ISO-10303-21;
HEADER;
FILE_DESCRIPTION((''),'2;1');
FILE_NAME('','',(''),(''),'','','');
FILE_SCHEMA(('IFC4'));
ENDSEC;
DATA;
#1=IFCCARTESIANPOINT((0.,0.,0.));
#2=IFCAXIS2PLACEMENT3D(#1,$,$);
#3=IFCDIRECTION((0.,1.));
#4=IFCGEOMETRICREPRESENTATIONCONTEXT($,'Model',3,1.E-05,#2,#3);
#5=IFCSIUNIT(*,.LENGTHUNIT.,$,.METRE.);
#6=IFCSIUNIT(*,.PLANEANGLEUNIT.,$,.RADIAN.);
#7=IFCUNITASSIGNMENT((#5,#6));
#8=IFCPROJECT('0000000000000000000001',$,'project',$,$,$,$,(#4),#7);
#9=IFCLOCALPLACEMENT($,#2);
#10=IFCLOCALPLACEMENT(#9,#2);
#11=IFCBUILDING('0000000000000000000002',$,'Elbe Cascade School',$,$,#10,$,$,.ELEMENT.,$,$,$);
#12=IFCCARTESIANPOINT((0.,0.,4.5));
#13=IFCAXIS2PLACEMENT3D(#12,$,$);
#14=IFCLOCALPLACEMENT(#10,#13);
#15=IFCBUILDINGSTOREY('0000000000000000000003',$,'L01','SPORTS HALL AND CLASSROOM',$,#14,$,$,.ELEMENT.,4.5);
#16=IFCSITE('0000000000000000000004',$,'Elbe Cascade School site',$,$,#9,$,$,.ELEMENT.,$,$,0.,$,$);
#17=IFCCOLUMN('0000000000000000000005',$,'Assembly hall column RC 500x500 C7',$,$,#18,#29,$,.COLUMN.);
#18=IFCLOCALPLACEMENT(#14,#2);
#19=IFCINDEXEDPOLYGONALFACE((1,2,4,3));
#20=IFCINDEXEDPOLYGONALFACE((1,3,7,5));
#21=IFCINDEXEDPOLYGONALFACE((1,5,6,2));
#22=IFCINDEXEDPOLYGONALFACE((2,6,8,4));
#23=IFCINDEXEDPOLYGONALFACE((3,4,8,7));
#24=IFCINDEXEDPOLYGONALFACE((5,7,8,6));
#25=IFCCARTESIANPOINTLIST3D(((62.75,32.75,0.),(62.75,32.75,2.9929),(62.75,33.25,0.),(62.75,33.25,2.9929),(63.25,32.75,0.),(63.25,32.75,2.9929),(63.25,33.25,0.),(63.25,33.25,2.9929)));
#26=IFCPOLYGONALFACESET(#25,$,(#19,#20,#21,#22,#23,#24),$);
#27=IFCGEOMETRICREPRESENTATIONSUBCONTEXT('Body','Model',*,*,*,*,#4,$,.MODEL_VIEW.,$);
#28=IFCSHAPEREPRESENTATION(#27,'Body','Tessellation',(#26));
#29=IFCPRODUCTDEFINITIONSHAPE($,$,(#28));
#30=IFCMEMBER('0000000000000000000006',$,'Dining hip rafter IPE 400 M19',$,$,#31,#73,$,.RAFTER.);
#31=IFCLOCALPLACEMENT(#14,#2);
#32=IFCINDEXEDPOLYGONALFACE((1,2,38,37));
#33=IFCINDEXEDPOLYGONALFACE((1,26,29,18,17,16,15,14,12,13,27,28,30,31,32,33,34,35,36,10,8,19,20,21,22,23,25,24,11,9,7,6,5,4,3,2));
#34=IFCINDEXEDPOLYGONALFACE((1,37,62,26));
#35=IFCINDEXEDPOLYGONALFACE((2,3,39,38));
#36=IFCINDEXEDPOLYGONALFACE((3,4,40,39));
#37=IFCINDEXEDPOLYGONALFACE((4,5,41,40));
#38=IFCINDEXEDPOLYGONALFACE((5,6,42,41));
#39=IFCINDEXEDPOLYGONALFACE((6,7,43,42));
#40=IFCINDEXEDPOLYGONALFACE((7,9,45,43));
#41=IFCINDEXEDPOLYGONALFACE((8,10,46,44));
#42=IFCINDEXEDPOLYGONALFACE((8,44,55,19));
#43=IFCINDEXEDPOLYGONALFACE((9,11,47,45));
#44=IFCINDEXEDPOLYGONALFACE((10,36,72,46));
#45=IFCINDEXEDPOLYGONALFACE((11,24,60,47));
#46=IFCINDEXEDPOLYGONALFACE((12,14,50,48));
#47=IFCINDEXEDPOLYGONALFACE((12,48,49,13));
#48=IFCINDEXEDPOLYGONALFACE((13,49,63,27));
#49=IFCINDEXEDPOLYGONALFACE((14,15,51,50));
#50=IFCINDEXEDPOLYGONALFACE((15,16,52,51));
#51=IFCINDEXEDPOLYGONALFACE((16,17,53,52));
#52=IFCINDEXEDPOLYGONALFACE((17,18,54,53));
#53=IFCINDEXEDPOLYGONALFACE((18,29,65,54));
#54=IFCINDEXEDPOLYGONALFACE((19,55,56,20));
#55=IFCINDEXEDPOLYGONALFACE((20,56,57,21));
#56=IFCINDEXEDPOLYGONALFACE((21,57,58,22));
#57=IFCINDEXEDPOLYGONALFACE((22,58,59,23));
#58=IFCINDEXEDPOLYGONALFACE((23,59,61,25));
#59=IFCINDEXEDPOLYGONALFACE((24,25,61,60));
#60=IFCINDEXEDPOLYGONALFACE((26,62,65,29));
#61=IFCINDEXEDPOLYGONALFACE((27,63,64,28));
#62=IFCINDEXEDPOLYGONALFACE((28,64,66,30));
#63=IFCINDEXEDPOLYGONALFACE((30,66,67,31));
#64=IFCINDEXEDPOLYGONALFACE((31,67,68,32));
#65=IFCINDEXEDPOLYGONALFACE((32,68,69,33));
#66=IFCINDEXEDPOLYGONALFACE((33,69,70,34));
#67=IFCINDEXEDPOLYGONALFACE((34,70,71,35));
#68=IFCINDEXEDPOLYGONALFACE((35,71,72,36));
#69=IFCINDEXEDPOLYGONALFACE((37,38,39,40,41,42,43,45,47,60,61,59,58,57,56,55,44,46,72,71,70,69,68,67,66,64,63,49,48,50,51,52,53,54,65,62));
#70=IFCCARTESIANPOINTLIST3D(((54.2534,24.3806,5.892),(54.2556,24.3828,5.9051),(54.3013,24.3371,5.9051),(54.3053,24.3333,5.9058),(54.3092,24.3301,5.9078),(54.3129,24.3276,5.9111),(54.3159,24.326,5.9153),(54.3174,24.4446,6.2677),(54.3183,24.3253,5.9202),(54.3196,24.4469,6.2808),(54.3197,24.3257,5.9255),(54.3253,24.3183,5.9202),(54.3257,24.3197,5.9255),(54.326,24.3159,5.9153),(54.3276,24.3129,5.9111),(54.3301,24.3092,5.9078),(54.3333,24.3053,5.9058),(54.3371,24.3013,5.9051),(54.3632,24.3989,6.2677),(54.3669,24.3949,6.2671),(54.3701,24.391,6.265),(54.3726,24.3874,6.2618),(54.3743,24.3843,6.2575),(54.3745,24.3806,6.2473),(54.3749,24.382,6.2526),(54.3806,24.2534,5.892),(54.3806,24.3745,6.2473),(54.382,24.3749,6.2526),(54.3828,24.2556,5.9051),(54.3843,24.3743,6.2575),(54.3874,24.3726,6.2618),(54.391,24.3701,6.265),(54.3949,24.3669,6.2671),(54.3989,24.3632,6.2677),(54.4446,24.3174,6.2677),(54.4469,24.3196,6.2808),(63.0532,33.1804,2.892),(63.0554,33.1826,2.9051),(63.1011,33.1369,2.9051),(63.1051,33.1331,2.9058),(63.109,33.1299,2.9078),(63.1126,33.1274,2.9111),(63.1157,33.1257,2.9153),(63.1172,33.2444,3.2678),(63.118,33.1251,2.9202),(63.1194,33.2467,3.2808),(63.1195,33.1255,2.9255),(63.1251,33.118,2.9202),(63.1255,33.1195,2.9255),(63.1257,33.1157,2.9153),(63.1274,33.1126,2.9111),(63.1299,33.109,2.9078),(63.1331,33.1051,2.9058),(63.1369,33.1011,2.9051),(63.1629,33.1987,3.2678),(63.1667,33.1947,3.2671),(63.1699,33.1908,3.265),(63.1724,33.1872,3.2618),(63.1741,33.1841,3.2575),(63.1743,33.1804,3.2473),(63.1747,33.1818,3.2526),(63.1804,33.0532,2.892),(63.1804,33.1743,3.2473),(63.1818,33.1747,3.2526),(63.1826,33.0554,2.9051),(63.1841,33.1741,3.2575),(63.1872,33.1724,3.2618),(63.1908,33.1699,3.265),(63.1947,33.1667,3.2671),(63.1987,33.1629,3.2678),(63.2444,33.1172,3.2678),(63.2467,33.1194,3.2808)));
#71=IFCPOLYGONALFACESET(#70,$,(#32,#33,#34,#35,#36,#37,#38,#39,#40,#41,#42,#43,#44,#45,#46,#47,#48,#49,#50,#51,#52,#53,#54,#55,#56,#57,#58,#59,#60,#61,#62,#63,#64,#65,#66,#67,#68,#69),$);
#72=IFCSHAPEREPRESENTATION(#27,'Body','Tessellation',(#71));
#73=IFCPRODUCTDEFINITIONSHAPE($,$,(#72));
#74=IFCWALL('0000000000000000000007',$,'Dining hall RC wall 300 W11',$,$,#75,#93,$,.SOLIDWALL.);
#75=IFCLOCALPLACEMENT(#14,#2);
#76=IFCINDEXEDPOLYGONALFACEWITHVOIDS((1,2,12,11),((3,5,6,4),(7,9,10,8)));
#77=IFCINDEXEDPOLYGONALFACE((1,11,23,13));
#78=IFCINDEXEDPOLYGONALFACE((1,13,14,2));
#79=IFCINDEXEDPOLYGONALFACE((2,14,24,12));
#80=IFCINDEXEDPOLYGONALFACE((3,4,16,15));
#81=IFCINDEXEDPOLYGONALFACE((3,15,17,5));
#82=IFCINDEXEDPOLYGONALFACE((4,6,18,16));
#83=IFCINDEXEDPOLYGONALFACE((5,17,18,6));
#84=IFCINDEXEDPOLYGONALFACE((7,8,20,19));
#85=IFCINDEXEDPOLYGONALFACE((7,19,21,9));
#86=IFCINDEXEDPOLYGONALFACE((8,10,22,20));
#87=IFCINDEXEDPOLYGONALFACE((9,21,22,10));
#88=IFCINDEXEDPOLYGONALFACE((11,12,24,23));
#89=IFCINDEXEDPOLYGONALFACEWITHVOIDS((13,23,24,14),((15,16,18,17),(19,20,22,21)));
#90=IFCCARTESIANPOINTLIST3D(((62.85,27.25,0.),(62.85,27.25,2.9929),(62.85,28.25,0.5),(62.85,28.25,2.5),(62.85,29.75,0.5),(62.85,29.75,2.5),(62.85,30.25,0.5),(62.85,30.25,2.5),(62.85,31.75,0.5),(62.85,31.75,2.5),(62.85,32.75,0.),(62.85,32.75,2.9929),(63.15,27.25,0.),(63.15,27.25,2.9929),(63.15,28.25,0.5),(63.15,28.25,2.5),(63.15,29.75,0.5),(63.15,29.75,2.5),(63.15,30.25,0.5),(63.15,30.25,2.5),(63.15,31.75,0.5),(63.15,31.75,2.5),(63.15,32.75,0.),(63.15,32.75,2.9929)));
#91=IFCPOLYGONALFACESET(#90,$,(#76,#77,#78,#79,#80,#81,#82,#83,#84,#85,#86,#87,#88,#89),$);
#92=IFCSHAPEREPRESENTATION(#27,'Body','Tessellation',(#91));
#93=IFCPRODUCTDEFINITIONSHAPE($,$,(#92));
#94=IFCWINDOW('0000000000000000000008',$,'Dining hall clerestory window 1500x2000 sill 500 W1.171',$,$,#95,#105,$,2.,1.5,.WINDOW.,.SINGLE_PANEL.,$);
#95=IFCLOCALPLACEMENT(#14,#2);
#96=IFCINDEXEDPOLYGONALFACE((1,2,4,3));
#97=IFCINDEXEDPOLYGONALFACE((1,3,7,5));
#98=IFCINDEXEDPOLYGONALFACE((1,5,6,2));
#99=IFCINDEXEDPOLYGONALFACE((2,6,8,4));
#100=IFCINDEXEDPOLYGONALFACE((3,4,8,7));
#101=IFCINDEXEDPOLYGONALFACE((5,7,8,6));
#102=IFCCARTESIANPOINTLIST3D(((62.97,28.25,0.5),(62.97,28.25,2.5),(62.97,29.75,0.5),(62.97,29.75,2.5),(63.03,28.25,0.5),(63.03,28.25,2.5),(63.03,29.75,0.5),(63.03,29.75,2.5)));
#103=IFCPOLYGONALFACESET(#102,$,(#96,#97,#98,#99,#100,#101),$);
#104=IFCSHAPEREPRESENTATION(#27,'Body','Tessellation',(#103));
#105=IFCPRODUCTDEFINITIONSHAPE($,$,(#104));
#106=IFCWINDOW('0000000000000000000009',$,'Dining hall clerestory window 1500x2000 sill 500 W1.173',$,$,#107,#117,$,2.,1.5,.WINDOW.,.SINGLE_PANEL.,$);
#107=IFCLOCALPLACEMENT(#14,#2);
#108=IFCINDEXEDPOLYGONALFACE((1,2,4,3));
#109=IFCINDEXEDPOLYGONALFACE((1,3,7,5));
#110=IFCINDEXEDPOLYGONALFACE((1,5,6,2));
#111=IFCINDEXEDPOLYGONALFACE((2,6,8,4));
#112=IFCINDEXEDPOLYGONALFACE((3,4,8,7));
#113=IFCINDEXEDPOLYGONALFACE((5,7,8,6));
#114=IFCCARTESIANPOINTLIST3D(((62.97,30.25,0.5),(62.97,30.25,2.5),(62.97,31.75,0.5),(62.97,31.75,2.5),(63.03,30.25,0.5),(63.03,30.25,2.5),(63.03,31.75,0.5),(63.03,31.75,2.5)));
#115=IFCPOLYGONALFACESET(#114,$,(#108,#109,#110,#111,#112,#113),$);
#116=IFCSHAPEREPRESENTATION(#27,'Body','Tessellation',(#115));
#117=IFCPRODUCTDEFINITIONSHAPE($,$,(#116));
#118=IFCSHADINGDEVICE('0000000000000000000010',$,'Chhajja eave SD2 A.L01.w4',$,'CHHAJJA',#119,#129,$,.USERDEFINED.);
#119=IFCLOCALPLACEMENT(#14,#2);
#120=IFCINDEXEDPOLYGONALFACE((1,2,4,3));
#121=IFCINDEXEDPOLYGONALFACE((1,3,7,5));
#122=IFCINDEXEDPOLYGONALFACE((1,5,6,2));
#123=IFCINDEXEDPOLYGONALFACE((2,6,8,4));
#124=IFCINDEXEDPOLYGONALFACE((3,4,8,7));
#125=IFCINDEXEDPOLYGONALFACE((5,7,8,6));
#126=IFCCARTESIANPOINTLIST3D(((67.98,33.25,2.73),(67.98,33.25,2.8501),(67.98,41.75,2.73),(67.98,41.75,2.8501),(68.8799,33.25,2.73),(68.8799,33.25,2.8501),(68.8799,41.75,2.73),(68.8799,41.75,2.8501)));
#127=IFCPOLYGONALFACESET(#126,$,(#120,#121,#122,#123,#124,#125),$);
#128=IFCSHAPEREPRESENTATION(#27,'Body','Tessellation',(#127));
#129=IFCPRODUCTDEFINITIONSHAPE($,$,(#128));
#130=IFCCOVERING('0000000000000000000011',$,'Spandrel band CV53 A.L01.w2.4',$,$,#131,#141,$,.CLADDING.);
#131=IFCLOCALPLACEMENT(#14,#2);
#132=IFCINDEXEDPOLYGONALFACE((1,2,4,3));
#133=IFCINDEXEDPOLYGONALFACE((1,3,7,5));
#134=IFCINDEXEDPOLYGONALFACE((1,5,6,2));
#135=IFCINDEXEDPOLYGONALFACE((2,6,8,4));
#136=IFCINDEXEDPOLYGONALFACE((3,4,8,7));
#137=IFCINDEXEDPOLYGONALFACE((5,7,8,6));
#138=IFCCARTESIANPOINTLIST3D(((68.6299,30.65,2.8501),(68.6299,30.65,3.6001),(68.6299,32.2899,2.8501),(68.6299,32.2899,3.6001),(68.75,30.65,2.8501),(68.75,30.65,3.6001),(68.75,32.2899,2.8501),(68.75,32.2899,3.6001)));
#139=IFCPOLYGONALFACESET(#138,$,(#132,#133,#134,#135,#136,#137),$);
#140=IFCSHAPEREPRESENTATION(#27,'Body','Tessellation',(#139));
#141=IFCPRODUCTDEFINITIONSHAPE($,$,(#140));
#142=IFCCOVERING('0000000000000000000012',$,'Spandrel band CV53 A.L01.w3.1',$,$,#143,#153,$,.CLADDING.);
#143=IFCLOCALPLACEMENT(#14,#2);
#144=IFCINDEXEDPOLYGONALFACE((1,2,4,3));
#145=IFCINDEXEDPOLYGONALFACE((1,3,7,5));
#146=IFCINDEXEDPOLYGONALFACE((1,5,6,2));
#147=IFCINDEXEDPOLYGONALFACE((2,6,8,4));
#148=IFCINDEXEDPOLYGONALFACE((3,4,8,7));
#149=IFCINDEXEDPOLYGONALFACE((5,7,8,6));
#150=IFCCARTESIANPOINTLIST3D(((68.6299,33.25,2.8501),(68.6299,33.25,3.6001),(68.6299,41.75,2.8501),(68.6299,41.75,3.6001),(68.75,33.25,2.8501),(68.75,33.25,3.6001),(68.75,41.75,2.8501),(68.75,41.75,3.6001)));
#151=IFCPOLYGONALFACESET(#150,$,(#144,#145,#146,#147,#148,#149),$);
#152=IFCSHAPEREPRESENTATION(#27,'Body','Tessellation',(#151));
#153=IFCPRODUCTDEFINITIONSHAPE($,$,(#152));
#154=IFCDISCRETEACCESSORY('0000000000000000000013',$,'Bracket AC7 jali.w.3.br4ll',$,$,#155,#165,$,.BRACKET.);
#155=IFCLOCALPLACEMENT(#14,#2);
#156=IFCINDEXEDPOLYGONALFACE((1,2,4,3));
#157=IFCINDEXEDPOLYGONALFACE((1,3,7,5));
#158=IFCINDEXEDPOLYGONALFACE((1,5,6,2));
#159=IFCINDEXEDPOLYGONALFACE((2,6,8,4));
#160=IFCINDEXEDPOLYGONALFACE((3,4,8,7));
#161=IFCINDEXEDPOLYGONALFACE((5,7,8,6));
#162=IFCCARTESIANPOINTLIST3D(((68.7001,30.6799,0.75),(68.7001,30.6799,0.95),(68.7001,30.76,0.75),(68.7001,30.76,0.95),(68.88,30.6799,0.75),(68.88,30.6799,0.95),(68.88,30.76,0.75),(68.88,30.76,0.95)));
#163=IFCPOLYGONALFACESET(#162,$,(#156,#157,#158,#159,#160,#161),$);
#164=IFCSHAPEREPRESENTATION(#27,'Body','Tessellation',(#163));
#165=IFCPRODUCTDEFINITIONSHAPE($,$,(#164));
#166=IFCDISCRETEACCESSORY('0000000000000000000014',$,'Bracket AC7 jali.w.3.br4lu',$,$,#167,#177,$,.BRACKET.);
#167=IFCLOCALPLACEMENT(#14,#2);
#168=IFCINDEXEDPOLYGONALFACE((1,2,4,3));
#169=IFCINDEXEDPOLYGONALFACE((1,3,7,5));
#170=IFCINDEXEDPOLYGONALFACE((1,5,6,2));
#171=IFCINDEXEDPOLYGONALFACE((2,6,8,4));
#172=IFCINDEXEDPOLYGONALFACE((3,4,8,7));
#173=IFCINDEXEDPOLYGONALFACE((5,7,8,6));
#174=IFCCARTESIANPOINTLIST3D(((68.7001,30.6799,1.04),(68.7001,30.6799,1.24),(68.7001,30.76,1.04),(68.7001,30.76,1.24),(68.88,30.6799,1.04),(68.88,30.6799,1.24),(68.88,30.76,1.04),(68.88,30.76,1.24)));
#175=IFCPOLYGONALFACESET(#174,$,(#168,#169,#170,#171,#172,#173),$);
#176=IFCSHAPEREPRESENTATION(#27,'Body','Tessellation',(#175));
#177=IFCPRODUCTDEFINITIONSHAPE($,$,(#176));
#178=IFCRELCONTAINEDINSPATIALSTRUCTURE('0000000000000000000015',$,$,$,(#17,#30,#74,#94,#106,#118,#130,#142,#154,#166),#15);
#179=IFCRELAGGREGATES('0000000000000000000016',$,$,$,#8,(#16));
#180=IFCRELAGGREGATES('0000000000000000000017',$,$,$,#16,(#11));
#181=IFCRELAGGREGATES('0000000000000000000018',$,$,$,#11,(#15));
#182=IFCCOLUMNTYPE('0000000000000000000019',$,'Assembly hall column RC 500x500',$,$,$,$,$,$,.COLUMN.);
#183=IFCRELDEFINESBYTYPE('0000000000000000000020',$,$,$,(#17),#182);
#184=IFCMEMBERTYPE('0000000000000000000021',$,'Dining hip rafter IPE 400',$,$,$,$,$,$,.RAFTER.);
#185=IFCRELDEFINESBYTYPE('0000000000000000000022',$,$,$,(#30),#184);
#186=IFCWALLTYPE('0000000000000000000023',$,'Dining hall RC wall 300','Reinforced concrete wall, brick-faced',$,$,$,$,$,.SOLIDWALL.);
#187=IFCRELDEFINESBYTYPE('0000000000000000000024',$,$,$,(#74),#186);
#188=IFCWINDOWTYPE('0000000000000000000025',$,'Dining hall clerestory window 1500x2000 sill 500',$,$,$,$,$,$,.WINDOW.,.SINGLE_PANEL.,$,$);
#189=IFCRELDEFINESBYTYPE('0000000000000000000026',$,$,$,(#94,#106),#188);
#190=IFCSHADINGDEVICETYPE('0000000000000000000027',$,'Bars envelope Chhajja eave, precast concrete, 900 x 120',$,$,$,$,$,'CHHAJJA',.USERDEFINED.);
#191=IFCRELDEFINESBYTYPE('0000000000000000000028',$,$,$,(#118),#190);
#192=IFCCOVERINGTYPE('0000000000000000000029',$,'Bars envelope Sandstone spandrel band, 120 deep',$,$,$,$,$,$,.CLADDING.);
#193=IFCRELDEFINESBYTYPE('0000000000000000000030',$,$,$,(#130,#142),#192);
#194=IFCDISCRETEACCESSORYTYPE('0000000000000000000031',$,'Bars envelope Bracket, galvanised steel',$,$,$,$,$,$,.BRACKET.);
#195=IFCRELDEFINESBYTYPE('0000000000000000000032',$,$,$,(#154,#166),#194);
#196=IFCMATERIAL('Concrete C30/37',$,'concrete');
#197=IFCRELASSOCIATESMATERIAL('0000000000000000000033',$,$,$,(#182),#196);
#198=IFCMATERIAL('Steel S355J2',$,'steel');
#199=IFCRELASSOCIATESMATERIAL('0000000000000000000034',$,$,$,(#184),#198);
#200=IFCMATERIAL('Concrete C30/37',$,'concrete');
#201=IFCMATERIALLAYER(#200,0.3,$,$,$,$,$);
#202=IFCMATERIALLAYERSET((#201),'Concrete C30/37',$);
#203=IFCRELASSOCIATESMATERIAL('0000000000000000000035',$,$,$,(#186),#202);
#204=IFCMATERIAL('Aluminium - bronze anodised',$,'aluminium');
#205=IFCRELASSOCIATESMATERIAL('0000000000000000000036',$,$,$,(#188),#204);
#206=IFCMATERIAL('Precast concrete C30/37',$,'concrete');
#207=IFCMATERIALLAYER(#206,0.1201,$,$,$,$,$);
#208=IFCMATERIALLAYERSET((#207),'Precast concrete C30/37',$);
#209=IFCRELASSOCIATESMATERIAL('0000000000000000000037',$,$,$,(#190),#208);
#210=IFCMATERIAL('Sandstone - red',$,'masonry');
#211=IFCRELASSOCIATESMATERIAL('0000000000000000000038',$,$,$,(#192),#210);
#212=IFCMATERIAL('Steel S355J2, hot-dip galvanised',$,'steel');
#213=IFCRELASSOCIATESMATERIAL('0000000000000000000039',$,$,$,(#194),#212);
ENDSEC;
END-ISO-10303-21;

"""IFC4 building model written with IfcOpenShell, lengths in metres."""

from ifc_helpers import new_model, si_unit, direction, frame, frame_2d, origin, origin_2d, place, context, subcontext, project, spatial, rectangle, i_section, extrude, material, layer, layer_set, material_profile, profile_set, type_object, element, fill, save


model = new_model("IFC4")

# Units and contexts
model_context = context("Model", 3, precision=1e-05, world=origin(), true_north=direction((0.0, 1.0)))
body_context = subcontext(model_context, "Body", "Model", "MODEL_VIEW")
ifc_project = project(units=[si_unit("LENGTHUNIT", "METRE"), si_unit("PLANEANGLEUNIT", "RADIAN")], contexts=[model_context])

# Site, building, storey
site_placement = place(None, origin())
site = spatial("IfcSite", under=ifc_project, at=site_placement, Name="Elbe Cascade School site", CompositionType="ELEMENT", RefElevation=0.0)
building_placement = place(site_placement, origin())
building = spatial("IfcBuilding", under=site, at=building_placement, Name="Elbe Cascade School", CompositionType="ELEMENT")
storey_placement = place(building_placement, frame((0.0, 0.0, 4.5)))
storey = spatial("IfcBuildingStorey", under=building, at=storey_placement, Name="L01", Description="SPORTS HALL AND CLASSROOM", CompositionType="ELEMENT", Elevation=4.5)

# Column
ifc_material_1 = material(Name="Concrete C30/37", Category="concrete")
ifc_material_profile_1 = material_profile(ifc_material_1, rectangle(XDim=0.5, YDim=0.5, at=origin_2d()), Name="RC 500x500")
ifc_profile_set_1 = profile_set([ifc_material_profile_1], Name="Concrete C30/37")
column_type = type_object("IfcColumnType", Name="Assembly hall column RC 500x500", PredefinedType="COLUMN", material=ifc_profile_set_1)
column_placement = place(storey_placement, frame((63.0, 33.0, 0.0), z_axis=(0.0, 0.0, 1.0), x_axis=(1.0, 0.0, 0.0)))
element("IfcColumn", 1, at=column_placement, inside=storey, type_object=column_type, Name="Assembly hall column RC 500x500 C7", PredefinedType="COLUMN", context=body_context, shape_type="SweptSolid", body=[
    extrude(rectangle(XDim=0.5, YDim=0.5, at=origin_2d()), origin(), (0.0, 0.0, 1.0), 2.9929),
])

# Member
ifc_material_2 = material(Name="Steel S355J2", Category="steel")
ifc_material_profile_2 = material_profile(ifc_material_2, i_section(OverallWidth=0.1799, OverallDepth=0.3999, WebThickness=0.0085, FlangeThickness=0.0134, FilletRadius=0.021, at=origin_2d()), Name="IPE 400")
ifc_profile_set_2 = profile_set([ifc_material_profile_2], Name="Steel S355J2")
member_type = type_object("IfcMemberType", Name="Dining hip rafter IPE 400", PredefinedType="RAFTER", material=ifc_profile_set_2)
member_placement = place(storey_placement, frame((63.1499, 33.1499, 3.0864), z_axis=(-0.687415, -0.687415, 0.234351), x_axis=(0.707107, -0.707107, 0.0)))
element("IfcMember", 2, at=member_placement, inside=storey, type_object=member_type, Name="Dining hip rafter IPE 400 M19", PredefinedType="RAFTER", context=body_context, shape_type="SweptSolid", body=[
    extrude(i_section(OverallWidth=0.1799, OverallDepth=0.3999, WebThickness=0.0085, FlangeThickness=0.0134, FilletRadius=0.021, at=origin_2d()), origin(), (0.0, 0.0, 1.0), 12.8013),
])

# Wall, openings, windows
ifc_material_3 = material(Name="Concrete C30/37", Category="concrete")
ifc_layer_1 = layer(ifc_material_3, 0.3)
ifc_layer_set_1 = layer_set([ifc_layer_1], Name="Concrete C30/37")
wall_type = type_object("IfcWallType", Name="Dining hall RC wall 300", Description="Reinforced concrete wall, brick-faced", PredefinedType="SOLIDWALL", material=ifc_layer_set_1)
wall_placement = place(storey_placement, frame((63.0, 32.75, 0.0), z_axis=(0.0, 0.0, 1.0), x_axis=(0.0, -1.0, 0.0)))
wall = element("IfcWall", 3, at=wall_placement, inside=storey, type_object=wall_type, Name="Dining hall RC wall 300 W11", PredefinedType="SOLIDWALL", context=body_context, shape_type="SweptSolid", body=[
    extrude(rectangle(XDim=5.5, YDim=0.3, at=frame_2d((2.75, 0.0))), origin(), (0.0, 0.0, 1.0), 2.9929),
])
opening_1_placement = place(wall_placement, frame((3.0, 0.0, 0.5)))
opening_1 = element("IfcOpeningElement", 4, at=opening_1_placement, cuts=wall, PredefinedType="OPENING", context=body_context, shape_type="SweptSolid", body=[
    extrude(rectangle(XDim=1.5, YDim=2.0, at=frame_2d((0.75, 1.0))), frame((0.0, 0.1599, 0.0), z_axis=(0.0, -1.0, 0.0), x_axis=(1.0, 0.0, 0.0)), (0.0, 0.0, 1.0), 0.3201),
])
opening_2_placement = place(wall_placement, frame((1.0, 0.0, 0.5)))
opening_2 = element("IfcOpeningElement", 5, at=opening_2_placement, cuts=wall, PredefinedType="OPENING", context=body_context, shape_type="SweptSolid", body=[
    extrude(rectangle(XDim=1.5, YDim=2.0, at=frame_2d((0.75, 1.0))), frame((0.0, 0.1599, 0.0), z_axis=(0.0, -1.0, 0.0), x_axis=(1.0, 0.0, 0.0)), (0.0, 0.0, 1.0), 0.3201),
])
ifc_material_4 = material(Name="Aluminium - bronze anodised", Category="aluminium")
window_type = type_object("IfcWindowType", Name="Dining hall clerestory window 1500x2000 sill 500", PartitioningType="SINGLE_PANEL", PredefinedType="WINDOW", material=ifc_material_4)
window_1_placement = place(opening_1_placement, origin())
window_1 = element("IfcWindow", 6, at=window_1_placement, inside=storey, type_object=window_type, Name="Dining hall clerestory window 1500x2000 sill 500 W1.171", OverallHeight=2.0, OverallWidth=1.5, PartitioningType="SINGLE_PANEL", PredefinedType="WINDOW", context=body_context, shape_type="SweptSolid", body=[
    extrude(rectangle(XDim=1.5, YDim=2.0, at=frame_2d((0.75, 1.0))), frame((0.0, 0.03, 0.0), z_axis=(0.0, -1.0, 0.0), x_axis=(1.0, 0.0, 0.0)), (0.0, 0.0, 1.0), 0.0601),
])
fill(opening_1, window_1)
window_2_placement = place(opening_2_placement, origin())
window_2 = element("IfcWindow", 7, at=window_2_placement, inside=storey, type_object=window_type, Name="Dining hall clerestory window 1500x2000 sill 500 W1.173", OverallHeight=2.0, OverallWidth=1.5, PartitioningType="SINGLE_PANEL", PredefinedType="WINDOW", context=body_context, shape_type="SweptSolid", body=[
    extrude(rectangle(XDim=1.5, YDim=2.0, at=frame_2d((0.75, 1.0))), frame((0.0, 0.03, 0.0), z_axis=(0.0, -1.0, 0.0), x_axis=(1.0, 0.0, 0.0)), (0.0, 0.0, 1.0), 0.0601),
])
fill(opening_2, window_2)

# Shading device
ifc_material_5 = material(Name="Precast concrete C30/37", Category="concrete")
ifc_layer_2 = layer(ifc_material_5, 0.1201)
ifc_layer_set_2 = layer_set([ifc_layer_2], Name="Precast concrete C30/37")
shading_device_type_1 = type_object("IfcShadingDeviceType", Name="Bars envelope Chhajja eave, precast concrete, 900 x 120", ElementType="CHHAJJA", PredefinedType="USERDEFINED", material=ifc_layer_set_2)
shading_device_1_placement = place(storey_placement, frame((68.4299, 37.5, 2.73), z_axis=(0.0, 0.0, 1.0), x_axis=(0.0, 1.0, 0.0)))
element("IfcShadingDevice", 8, at=shading_device_1_placement, inside=storey, type_object=shading_device_type_1, Name="Chhajja eave SD2 A.L01.w4", ObjectType="CHHAJJA", PredefinedType="USERDEFINED", context=body_context, shape_type="SweptSolid", body=[
    extrude(rectangle(XDim=8.5, YDim=0.8999, at=origin_2d()), origin(), (0.0, 0.0, 1.0), 0.1201),
])

# Coverings
ifc_material_6 = material(Name="Sandstone - red", Category="masonry")
covering_type = type_object("IfcCoveringType", Name="Bars envelope Sandstone spandrel band, 120 deep", PredefinedType="CLADDING", material=ifc_material_6)
covering_1_placement = place(storey_placement, frame((68.6899, 31.47, 2.8501), z_axis=(0.0, 0.0, 1.0), x_axis=(0.0, 1.0, 0.0)))
element("IfcCovering", 9, at=covering_1_placement, inside=storey, type_object=covering_type, Name="Spandrel band CV53 A.L01.w2.4", PredefinedType="CLADDING", context=body_context, shape_type="SweptSolid", body=[
    extrude(rectangle(XDim=1.6399, YDim=0.1201, at=origin_2d()), origin(), (0.0, 0.0, 1.0), 0.75),
])
covering_2_placement = place(storey_placement, frame((68.6899, 37.5, 2.8501), z_axis=(0.0, 0.0, 1.0), x_axis=(0.0, 1.0, 0.0)))
element("IfcCovering", 10, at=covering_2_placement, inside=storey, type_object=covering_type, Name="Spandrel band CV53 A.L01.w3.1", PredefinedType="CLADDING", context=body_context, shape_type="SweptSolid", body=[
    extrude(rectangle(XDim=8.5, YDim=0.1201, at=origin_2d()), origin(), (0.0, 0.0, 1.0), 0.75),
])

# Discrete accessories
ifc_material_7 = material(Name="Steel S355J2, hot-dip galvanised", Category="steel")
discrete_accessory_type = type_object("IfcDiscreteAccessoryType", Name="Bars envelope Bracket, galvanised steel", PredefinedType="BRACKET", material=ifc_material_7)
for number, where, z_axis, x_axis, name in (
    (11, (68.79, 30.72, 0.75), (0.0, 0.0, 1.0), (0.0, 1.0, 0.0), "Bracket AC7 jali.w.3.br4ll"),
    (12, (68.79, 30.72, 1.04), (0.0, 0.0, 1.0), (0.0, 1.0, 0.0), "Bracket AC7 jali.w.3.br4lu"),
):
    element("IfcDiscreteAccessory", number, at=place(storey_placement, frame(where, z_axis=z_axis, x_axis=x_axis)), inside=storey, type_object=discrete_accessory_type, Name=name, PredefinedType="BRACKET", context=body_context, shape_type="SweptSolid", body=[
        extrude(rectangle(XDim=0.0801, YDim=0.1799, at=origin_2d()), origin(), (0.0, 0.0, 1.0), 0.2),
    ])

save(model, "model.ifc")
